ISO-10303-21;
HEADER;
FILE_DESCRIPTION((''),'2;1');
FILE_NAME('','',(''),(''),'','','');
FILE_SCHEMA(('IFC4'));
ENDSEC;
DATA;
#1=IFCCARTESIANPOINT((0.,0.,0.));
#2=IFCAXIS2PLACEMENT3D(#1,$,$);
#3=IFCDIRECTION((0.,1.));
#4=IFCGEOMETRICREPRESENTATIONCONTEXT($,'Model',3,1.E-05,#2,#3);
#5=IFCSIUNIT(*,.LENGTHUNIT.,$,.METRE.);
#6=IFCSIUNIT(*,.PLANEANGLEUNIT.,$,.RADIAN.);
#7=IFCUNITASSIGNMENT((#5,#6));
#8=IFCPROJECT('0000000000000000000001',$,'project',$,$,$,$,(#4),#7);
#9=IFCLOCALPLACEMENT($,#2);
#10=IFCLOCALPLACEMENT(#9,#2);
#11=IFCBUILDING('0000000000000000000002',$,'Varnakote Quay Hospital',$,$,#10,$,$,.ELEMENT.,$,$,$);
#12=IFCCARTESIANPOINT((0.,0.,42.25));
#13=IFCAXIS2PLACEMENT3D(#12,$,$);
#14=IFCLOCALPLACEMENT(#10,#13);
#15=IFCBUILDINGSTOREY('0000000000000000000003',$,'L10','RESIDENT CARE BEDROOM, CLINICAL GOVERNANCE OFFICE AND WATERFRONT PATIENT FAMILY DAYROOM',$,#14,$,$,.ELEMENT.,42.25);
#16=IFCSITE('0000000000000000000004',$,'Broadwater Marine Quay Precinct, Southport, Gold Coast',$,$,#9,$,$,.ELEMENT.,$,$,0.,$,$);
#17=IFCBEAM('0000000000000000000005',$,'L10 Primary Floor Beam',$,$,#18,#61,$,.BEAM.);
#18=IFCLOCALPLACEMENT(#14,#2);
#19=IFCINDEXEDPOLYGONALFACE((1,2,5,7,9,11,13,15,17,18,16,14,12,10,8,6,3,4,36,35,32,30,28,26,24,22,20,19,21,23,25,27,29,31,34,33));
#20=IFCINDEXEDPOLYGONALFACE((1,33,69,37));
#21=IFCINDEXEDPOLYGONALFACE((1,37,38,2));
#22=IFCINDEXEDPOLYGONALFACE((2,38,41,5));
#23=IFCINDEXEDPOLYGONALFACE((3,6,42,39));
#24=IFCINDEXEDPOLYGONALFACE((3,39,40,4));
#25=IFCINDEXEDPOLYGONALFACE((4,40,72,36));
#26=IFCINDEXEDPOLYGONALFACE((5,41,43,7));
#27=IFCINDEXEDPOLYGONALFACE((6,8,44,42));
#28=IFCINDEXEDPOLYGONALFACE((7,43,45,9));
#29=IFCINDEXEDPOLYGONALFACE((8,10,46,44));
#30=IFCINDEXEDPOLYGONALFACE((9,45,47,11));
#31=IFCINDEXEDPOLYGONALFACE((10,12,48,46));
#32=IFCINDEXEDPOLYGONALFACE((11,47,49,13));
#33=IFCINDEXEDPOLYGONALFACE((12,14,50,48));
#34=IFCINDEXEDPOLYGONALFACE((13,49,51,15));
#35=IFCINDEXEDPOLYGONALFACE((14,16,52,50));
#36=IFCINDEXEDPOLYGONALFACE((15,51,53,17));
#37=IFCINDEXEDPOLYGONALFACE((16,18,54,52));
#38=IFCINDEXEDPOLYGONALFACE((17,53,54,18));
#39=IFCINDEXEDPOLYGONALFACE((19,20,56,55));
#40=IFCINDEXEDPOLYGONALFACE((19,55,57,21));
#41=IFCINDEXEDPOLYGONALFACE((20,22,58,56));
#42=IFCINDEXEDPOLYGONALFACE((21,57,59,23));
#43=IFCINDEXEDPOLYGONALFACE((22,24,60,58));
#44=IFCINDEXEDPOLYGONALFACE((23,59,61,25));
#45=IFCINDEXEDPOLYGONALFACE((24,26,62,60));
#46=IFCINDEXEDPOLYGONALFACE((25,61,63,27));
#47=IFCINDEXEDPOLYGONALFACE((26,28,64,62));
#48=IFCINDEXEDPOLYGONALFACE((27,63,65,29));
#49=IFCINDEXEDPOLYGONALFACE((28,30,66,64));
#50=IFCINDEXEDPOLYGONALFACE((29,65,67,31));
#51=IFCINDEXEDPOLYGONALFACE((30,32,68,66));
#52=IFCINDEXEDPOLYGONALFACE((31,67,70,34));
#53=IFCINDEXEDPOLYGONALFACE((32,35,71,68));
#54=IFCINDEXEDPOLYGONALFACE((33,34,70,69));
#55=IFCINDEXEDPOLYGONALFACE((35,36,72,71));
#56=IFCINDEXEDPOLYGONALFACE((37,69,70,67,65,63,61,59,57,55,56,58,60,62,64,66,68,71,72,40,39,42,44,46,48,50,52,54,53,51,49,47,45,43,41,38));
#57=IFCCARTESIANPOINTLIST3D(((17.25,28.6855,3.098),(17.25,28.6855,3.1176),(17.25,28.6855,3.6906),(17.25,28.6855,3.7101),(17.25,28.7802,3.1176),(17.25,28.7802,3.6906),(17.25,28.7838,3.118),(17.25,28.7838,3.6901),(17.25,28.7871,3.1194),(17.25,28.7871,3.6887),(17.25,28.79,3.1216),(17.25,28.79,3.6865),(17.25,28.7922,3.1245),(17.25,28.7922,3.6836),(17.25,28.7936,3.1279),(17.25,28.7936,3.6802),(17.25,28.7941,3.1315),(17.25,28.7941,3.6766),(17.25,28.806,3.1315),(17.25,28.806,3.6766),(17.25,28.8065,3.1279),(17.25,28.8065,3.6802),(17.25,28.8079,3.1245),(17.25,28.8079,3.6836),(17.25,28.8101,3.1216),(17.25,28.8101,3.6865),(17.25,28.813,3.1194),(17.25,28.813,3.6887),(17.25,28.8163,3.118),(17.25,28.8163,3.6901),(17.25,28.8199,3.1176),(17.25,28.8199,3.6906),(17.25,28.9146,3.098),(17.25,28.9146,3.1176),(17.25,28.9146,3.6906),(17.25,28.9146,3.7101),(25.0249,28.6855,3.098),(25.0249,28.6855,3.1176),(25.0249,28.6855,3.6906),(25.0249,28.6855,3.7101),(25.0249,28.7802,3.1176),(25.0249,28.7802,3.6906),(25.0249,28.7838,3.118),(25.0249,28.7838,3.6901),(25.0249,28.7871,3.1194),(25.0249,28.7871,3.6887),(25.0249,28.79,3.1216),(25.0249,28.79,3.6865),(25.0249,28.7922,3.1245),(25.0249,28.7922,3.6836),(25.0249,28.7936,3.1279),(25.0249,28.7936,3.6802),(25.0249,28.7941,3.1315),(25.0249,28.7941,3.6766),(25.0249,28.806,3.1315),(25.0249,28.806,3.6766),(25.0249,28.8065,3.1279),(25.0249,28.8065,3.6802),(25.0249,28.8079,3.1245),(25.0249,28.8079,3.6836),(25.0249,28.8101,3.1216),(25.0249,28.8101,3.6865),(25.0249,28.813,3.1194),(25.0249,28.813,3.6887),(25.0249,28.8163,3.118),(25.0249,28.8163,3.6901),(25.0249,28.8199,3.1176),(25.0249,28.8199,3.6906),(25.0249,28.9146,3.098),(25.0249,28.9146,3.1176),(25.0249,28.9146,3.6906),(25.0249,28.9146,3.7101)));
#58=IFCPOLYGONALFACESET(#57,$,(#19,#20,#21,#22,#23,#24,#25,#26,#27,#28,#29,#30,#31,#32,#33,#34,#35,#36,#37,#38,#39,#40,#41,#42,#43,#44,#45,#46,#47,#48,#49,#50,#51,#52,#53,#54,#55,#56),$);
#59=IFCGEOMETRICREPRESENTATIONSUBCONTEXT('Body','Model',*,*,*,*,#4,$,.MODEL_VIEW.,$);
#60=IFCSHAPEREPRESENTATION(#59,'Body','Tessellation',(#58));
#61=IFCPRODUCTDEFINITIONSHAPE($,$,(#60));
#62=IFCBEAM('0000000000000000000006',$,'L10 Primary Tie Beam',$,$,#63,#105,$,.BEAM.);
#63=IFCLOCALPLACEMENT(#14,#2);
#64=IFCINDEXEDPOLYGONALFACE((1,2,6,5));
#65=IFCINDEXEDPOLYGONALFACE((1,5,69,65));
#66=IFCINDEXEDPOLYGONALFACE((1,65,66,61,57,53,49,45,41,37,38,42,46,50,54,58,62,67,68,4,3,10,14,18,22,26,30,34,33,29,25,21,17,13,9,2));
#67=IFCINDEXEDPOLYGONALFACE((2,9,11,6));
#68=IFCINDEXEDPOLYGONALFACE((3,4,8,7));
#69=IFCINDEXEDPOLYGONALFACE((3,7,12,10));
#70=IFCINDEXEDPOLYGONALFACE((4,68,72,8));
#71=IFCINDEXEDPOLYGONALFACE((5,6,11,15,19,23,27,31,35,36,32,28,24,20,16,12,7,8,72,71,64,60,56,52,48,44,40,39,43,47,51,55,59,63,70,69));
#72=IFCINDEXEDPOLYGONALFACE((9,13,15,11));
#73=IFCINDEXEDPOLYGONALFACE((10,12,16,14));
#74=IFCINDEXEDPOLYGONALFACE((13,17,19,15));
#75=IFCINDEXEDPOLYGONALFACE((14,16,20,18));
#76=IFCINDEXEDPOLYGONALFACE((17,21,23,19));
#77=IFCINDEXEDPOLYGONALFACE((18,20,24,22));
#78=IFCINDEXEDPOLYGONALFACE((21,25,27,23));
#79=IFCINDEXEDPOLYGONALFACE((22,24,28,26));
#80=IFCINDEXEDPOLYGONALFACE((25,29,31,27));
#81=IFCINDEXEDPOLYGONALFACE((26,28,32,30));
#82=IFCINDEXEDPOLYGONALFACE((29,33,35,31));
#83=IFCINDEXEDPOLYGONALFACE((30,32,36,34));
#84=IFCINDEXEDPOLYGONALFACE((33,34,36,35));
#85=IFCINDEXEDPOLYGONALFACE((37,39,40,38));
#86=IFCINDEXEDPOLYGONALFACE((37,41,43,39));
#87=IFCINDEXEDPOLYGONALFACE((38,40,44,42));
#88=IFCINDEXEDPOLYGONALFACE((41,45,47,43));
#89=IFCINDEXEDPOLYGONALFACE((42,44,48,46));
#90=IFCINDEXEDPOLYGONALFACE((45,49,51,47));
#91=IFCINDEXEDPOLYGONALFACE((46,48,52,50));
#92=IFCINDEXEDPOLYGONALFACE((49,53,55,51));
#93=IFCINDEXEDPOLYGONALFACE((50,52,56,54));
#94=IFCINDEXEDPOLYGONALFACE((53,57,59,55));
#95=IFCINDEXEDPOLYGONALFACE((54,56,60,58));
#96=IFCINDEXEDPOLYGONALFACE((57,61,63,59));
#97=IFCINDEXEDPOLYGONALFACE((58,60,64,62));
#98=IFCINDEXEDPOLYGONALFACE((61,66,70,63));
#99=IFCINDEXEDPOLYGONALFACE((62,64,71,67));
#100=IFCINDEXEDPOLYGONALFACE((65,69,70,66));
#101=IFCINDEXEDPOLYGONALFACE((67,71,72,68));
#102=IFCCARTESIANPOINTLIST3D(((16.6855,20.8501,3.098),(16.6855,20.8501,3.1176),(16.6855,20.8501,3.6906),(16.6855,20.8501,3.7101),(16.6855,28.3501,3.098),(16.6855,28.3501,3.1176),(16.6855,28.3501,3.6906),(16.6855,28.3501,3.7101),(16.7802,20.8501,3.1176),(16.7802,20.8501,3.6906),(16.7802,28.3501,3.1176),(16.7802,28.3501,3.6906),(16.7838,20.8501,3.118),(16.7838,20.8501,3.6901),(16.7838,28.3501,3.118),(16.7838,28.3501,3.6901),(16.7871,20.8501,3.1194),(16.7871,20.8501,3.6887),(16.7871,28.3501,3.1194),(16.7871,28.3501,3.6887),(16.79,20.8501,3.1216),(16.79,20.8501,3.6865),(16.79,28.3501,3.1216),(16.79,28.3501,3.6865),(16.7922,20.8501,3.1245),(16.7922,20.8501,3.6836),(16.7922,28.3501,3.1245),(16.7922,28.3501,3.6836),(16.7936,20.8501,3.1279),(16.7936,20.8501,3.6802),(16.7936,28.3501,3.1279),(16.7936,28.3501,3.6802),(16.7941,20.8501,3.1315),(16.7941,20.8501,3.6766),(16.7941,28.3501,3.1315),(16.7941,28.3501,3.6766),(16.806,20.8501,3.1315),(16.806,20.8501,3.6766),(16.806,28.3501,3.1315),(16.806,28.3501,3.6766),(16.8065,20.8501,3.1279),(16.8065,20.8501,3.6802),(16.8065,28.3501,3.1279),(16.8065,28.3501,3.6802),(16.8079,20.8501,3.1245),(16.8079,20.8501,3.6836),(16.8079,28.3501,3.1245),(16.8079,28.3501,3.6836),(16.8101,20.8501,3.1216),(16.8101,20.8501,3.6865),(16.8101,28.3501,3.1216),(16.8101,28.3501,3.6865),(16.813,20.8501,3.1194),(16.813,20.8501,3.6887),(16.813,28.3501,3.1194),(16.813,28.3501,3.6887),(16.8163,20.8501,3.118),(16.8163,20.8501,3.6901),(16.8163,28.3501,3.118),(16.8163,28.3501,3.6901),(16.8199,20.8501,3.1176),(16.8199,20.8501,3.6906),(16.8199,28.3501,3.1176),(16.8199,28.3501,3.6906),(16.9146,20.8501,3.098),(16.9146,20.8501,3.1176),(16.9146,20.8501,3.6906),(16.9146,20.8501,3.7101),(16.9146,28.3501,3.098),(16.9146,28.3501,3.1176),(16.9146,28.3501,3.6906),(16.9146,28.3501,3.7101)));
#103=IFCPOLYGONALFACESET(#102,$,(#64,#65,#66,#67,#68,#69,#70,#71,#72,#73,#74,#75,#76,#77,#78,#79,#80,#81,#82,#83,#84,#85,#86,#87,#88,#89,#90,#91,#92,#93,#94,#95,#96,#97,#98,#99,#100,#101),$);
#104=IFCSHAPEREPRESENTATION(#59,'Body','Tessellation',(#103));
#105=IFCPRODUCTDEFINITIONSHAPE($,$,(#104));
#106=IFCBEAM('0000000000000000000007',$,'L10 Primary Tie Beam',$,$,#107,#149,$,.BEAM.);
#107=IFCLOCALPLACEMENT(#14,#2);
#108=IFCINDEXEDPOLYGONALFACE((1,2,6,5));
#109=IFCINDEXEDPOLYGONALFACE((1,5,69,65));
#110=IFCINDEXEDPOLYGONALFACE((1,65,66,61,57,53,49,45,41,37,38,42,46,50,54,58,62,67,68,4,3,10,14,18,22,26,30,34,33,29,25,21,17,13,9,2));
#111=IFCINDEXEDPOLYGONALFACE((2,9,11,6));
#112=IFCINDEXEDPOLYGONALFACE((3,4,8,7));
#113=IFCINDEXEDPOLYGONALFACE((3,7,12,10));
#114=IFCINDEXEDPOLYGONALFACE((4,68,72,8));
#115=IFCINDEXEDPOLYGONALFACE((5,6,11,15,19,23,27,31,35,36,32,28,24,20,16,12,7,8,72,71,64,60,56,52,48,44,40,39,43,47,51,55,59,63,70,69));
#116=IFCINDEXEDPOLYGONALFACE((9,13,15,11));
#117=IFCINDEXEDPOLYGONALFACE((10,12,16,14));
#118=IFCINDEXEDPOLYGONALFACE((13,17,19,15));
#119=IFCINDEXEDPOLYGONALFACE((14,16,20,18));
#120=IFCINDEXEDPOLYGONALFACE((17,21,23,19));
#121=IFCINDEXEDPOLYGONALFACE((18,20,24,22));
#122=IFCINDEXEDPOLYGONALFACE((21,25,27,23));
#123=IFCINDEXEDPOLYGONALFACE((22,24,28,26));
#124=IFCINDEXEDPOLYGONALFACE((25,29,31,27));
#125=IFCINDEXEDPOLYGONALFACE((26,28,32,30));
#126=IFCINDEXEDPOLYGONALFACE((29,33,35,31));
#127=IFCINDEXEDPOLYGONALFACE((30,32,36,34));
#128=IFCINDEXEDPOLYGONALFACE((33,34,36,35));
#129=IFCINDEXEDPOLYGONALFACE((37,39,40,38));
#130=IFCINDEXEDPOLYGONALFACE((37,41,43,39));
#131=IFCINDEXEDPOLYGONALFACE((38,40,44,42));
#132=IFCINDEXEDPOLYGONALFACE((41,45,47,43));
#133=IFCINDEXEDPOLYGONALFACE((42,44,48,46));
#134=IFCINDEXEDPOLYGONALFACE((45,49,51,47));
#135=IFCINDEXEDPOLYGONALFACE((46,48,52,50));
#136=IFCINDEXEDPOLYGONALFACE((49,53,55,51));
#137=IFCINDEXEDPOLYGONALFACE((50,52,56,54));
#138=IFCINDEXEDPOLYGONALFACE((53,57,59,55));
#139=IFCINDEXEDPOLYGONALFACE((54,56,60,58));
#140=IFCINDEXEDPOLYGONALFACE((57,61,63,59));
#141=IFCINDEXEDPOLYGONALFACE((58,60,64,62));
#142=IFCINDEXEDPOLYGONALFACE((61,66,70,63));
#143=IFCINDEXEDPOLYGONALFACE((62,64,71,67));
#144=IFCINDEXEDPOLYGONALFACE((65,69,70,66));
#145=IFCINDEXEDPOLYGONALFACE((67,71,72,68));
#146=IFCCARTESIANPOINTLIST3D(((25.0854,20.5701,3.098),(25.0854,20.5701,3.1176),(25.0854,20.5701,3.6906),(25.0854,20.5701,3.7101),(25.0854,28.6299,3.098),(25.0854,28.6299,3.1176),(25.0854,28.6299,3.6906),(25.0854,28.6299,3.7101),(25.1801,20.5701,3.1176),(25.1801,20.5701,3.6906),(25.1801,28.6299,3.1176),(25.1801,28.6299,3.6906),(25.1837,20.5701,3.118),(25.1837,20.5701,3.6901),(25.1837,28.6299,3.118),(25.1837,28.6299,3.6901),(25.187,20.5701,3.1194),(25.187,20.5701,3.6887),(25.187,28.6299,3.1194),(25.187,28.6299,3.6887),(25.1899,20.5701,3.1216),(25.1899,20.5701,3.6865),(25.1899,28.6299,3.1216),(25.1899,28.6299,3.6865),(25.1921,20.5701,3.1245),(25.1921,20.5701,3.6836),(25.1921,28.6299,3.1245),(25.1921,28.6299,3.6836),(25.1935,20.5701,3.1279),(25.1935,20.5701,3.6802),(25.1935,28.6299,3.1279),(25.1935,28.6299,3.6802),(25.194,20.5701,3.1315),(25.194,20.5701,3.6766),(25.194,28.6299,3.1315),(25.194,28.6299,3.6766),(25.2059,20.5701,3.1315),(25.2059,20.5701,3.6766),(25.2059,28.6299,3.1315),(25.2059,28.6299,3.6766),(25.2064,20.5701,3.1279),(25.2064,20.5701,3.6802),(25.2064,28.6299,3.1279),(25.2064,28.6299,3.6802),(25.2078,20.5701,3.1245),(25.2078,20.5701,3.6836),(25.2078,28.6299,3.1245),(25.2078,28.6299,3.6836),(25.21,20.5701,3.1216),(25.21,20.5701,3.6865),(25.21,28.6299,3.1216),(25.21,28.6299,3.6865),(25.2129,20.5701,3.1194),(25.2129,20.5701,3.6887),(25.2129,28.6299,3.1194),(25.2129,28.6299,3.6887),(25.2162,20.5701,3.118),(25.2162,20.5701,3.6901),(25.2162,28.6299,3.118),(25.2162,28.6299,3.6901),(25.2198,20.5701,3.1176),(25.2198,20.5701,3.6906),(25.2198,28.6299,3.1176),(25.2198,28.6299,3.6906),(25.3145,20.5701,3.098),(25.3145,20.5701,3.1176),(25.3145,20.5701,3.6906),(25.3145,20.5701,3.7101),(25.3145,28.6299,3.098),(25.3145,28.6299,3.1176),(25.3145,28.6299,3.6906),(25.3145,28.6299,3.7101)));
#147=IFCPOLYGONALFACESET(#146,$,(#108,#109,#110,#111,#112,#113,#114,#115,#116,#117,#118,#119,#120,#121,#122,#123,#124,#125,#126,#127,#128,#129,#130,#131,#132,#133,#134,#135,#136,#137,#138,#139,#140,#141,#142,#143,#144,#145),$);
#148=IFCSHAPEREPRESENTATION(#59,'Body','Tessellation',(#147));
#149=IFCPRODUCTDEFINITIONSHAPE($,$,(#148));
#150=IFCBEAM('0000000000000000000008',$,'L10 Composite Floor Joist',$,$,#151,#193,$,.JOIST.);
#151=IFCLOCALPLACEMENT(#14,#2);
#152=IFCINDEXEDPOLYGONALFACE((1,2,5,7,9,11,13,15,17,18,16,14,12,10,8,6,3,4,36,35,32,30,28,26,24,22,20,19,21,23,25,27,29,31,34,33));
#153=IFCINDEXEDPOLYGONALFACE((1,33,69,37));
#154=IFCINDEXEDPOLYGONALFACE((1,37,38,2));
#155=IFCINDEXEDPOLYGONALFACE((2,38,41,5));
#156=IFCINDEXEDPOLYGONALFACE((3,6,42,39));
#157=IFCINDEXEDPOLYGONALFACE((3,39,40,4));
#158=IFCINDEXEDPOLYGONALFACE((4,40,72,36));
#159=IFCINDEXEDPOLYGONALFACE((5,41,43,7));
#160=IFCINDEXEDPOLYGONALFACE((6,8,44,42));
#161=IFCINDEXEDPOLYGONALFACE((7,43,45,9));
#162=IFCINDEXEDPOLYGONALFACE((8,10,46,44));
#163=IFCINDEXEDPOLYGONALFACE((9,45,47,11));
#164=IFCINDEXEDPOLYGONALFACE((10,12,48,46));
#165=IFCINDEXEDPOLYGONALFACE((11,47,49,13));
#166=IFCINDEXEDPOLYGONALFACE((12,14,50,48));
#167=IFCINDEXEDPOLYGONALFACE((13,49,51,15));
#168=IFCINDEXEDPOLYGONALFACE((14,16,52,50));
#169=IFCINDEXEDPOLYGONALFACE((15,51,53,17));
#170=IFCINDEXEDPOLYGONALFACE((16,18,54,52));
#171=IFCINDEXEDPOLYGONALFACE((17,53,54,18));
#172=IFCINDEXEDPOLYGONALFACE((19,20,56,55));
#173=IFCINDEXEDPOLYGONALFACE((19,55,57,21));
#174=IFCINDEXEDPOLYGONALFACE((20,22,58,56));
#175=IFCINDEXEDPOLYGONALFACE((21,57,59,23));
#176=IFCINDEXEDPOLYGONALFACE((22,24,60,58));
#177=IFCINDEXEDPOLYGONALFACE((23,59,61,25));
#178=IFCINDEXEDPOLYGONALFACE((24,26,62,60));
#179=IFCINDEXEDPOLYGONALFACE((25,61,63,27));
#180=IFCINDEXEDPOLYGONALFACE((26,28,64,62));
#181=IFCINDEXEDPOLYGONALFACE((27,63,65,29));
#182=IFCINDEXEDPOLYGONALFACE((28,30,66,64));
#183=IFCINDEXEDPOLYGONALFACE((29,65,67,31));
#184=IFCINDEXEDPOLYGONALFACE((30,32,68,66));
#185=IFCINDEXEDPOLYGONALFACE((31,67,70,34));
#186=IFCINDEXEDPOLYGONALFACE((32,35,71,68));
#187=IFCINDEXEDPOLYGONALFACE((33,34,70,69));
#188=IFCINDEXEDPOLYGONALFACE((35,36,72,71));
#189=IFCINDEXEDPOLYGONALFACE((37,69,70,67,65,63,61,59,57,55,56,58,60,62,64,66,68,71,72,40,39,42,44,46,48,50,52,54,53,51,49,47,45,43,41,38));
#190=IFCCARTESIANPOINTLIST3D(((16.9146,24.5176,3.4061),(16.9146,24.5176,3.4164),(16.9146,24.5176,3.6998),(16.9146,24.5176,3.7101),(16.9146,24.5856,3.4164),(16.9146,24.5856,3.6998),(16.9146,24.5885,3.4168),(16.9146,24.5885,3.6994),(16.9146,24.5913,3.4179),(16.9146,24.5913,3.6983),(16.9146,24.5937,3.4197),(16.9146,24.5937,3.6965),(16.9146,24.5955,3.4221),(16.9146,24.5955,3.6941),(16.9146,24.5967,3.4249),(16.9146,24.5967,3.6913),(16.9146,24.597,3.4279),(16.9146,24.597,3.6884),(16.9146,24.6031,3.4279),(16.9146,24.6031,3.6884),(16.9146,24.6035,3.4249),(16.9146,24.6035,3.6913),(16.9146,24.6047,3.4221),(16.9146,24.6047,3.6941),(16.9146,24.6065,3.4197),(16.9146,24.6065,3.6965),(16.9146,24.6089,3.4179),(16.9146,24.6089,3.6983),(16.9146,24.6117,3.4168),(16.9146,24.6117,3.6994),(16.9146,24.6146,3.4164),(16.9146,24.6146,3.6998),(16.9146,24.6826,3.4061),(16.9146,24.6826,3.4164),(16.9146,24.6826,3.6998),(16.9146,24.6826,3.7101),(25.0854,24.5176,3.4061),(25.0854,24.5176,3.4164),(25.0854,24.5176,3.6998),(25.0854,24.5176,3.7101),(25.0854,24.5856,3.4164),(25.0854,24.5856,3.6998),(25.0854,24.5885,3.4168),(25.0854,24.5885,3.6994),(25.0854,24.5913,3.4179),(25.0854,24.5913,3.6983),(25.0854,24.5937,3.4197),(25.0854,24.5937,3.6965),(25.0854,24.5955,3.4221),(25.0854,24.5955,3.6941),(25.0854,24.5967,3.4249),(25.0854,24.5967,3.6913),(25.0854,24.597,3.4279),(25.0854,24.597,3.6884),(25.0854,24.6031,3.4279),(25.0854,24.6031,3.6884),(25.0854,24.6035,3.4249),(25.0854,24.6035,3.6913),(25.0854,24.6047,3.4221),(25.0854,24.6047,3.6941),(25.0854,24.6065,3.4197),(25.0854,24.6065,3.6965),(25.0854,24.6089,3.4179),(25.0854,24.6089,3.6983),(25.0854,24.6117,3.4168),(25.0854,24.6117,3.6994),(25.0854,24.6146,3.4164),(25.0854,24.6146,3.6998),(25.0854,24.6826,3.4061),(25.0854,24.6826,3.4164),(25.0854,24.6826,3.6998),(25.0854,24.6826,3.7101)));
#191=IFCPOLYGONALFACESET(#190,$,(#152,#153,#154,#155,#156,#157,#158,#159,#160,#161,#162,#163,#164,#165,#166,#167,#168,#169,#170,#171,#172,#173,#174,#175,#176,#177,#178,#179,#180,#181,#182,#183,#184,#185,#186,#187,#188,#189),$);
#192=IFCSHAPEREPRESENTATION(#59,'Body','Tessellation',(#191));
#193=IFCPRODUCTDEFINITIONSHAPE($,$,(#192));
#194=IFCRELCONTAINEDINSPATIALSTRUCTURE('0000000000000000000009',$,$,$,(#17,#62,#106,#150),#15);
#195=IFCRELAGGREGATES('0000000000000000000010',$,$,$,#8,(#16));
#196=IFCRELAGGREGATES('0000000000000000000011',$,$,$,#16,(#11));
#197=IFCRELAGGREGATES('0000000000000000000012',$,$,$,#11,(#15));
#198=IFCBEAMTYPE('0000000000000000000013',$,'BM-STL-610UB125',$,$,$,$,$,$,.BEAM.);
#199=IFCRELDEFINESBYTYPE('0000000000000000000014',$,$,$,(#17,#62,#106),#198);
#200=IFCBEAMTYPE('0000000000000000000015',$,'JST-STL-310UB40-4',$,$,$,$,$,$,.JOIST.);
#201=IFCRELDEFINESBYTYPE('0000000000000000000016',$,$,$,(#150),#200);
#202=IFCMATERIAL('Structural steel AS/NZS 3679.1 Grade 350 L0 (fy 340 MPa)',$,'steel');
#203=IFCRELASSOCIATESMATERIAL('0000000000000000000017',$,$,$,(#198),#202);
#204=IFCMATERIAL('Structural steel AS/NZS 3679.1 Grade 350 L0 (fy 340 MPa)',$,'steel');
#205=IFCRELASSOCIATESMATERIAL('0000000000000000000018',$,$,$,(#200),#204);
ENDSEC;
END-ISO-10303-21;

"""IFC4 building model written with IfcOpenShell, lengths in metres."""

from ifc_helpers import new_model, si_unit, direction, frame, origin, origin_2d, place, context, subcontext, project, spatial, i_section, extrude, material, material_profile, profile_set, type_object, element, save


model = new_model("IFC4")

# Units and contexts
model_context = context("Model", 3, precision=1e-05, world=origin(), true_north=direction((0.0, 1.0)))
body_context = subcontext(model_context, "Body", "Model", "MODEL_VIEW")
ifc_project = project(units=[si_unit("LENGTHUNIT", "METRE"), si_unit("PLANEANGLEUNIT", "RADIAN")], contexts=[model_context])

# Site, building, storey
site_placement = place(None, origin())
site = spatial("IfcSite", under=ifc_project, at=site_placement, Name="Broadwater Marine Quay Precinct, Southport, Gold Coast", CompositionType="ELEMENT", RefElevation=0.0)
building_placement = place(site_placement, origin())
building = spatial("IfcBuilding", under=site, at=building_placement, Name="Varnakote Quay Hospital", CompositionType="ELEMENT")
storey_placement = place(building_placement, frame((0.0, 0.0, 42.25)))
storey = spatial("IfcBuildingStorey", under=building, at=storey_placement, Name="L10", Description="RESIDENT CARE BEDROOM, CLINICAL GOVERNANCE OFFICE AND WATERFRONT PATIENT FAMILY DAYROOM", CompositionType="ELEMENT", Elevation=42.25)

# Beams
ifc_material_1 = material(Name="Structural steel AS/NZS 3679.1 Grade 350 L0 (fy 340 MPa)", Category="steel")
ifc_material_profile_1 = material_profile(ifc_material_1, i_section(OverallWidth=0.229, OverallDepth=0.6121, WebThickness=0.012, FlangeThickness=0.0195, FilletRadius=0.0139, at=origin_2d()), Name="610UB125")
ifc_profile_set_1 = profile_set([ifc_material_profile_1], Name="Structural steel AS/NZS 3679.1 Grade 350 L0 (fy 340 MPa)")
beam_type_1 = type_object("IfcBeamType", Name="BM-STL-610UB125", PredefinedType="BEAM", material=ifc_profile_set_1)
for number, where, z_axis, x_axis, name in (
    (1, (17.25, 28.8, 3.4041), (1.0, 0.0, 0.0), (0.0, 1.0, 0.0), "L10 Primary Floor Beam"),
):
    element("IfcBeam", number, at=place(storey_placement, frame(where, z_axis=z_axis, x_axis=x_axis)), inside=storey, type_object=beam_type_1, Name=name, PredefinedType="BEAM", context=body_context, shape_type="SweptSolid", body=[
        extrude(i_section(OverallWidth=0.229, OverallDepth=0.6121, WebThickness=0.012, FlangeThickness=0.0195, FilletRadius=0.0139, at=origin_2d()), origin(), (0.0, 0.0, 1.0), 7.7749),
    ])
beam_1_placement = place(storey_placement, frame((16.8, 20.8501, 3.4041), z_axis=(0.0, 1.0, 0.0), x_axis=(-1.0, 0.0, 0.0)))
element("IfcBeam", 2, at=beam_1_placement, inside=storey, type_object=beam_type_1, Name="L10 Primary Tie Beam", PredefinedType="BEAM", context=body_context, shape_type="SweptSolid", body=[
    extrude(i_section(OverallWidth=0.229, OverallDepth=0.6121, WebThickness=0.012, FlangeThickness=0.0195, FilletRadius=0.0139, at=origin_2d()), origin(), (0.0, 0.0, 1.0), 7.5),
])
beam_2_placement = place(storey_placement, frame((25.2, 20.5701, 3.4041), z_axis=(0.0, 1.0, 0.0), x_axis=(-1.0, 0.0, 0.0)))
element("IfcBeam", 3, at=beam_2_placement, inside=storey, type_object=beam_type_1, Name="L10 Primary Tie Beam", PredefinedType="BEAM", context=body_context, shape_type="SweptSolid", body=[
    extrude(i_section(OverallWidth=0.229, OverallDepth=0.6121, WebThickness=0.012, FlangeThickness=0.0195, FilletRadius=0.0139, at=origin_2d()), origin(), (0.0, 0.0, 1.0), 8.0598),
])
ifc_material_2 = material(Name="Structural steel AS/NZS 3679.1 Grade 350 L0 (fy 340 MPa)", Category="steel")
ifc_material_profile_2 = material_profile(ifc_material_2, i_section(OverallWidth=0.165, OverallDepth=0.304, WebThickness=0.0061, FlangeThickness=0.0103, FilletRadius=0.0115, at=origin_2d()), Name="310UB40.4")
ifc_profile_set_2 = profile_set([ifc_material_profile_2], Name="Structural steel AS/NZS 3679.1 Grade 350 L0 (fy 340 MPa)")
beam_type_2 = type_object("IfcBeamType", Name="JST-STL-310UB40-4", PredefinedType="JOIST", material=ifc_profile_set_2)
beam_3_placement = place(storey_placement, frame((16.9146, 24.6001, 3.5581), z_axis=(1.0, 0.0, 0.0), x_axis=(0.0, 1.0, 0.0)))
element("IfcBeam", 4, at=beam_3_placement, inside=storey, type_object=beam_type_2, Name="L10 Composite Floor Joist", PredefinedType="JOIST", context=body_context, shape_type="SweptSolid", body=[
    extrude(i_section(OverallWidth=0.165, OverallDepth=0.304, WebThickness=0.0061, FlangeThickness=0.0103, FilletRadius=0.0115, at=origin_2d()), origin(), (0.0, 0.0, 1.0), 8.1709),
])

save(model, "model.ifc")
